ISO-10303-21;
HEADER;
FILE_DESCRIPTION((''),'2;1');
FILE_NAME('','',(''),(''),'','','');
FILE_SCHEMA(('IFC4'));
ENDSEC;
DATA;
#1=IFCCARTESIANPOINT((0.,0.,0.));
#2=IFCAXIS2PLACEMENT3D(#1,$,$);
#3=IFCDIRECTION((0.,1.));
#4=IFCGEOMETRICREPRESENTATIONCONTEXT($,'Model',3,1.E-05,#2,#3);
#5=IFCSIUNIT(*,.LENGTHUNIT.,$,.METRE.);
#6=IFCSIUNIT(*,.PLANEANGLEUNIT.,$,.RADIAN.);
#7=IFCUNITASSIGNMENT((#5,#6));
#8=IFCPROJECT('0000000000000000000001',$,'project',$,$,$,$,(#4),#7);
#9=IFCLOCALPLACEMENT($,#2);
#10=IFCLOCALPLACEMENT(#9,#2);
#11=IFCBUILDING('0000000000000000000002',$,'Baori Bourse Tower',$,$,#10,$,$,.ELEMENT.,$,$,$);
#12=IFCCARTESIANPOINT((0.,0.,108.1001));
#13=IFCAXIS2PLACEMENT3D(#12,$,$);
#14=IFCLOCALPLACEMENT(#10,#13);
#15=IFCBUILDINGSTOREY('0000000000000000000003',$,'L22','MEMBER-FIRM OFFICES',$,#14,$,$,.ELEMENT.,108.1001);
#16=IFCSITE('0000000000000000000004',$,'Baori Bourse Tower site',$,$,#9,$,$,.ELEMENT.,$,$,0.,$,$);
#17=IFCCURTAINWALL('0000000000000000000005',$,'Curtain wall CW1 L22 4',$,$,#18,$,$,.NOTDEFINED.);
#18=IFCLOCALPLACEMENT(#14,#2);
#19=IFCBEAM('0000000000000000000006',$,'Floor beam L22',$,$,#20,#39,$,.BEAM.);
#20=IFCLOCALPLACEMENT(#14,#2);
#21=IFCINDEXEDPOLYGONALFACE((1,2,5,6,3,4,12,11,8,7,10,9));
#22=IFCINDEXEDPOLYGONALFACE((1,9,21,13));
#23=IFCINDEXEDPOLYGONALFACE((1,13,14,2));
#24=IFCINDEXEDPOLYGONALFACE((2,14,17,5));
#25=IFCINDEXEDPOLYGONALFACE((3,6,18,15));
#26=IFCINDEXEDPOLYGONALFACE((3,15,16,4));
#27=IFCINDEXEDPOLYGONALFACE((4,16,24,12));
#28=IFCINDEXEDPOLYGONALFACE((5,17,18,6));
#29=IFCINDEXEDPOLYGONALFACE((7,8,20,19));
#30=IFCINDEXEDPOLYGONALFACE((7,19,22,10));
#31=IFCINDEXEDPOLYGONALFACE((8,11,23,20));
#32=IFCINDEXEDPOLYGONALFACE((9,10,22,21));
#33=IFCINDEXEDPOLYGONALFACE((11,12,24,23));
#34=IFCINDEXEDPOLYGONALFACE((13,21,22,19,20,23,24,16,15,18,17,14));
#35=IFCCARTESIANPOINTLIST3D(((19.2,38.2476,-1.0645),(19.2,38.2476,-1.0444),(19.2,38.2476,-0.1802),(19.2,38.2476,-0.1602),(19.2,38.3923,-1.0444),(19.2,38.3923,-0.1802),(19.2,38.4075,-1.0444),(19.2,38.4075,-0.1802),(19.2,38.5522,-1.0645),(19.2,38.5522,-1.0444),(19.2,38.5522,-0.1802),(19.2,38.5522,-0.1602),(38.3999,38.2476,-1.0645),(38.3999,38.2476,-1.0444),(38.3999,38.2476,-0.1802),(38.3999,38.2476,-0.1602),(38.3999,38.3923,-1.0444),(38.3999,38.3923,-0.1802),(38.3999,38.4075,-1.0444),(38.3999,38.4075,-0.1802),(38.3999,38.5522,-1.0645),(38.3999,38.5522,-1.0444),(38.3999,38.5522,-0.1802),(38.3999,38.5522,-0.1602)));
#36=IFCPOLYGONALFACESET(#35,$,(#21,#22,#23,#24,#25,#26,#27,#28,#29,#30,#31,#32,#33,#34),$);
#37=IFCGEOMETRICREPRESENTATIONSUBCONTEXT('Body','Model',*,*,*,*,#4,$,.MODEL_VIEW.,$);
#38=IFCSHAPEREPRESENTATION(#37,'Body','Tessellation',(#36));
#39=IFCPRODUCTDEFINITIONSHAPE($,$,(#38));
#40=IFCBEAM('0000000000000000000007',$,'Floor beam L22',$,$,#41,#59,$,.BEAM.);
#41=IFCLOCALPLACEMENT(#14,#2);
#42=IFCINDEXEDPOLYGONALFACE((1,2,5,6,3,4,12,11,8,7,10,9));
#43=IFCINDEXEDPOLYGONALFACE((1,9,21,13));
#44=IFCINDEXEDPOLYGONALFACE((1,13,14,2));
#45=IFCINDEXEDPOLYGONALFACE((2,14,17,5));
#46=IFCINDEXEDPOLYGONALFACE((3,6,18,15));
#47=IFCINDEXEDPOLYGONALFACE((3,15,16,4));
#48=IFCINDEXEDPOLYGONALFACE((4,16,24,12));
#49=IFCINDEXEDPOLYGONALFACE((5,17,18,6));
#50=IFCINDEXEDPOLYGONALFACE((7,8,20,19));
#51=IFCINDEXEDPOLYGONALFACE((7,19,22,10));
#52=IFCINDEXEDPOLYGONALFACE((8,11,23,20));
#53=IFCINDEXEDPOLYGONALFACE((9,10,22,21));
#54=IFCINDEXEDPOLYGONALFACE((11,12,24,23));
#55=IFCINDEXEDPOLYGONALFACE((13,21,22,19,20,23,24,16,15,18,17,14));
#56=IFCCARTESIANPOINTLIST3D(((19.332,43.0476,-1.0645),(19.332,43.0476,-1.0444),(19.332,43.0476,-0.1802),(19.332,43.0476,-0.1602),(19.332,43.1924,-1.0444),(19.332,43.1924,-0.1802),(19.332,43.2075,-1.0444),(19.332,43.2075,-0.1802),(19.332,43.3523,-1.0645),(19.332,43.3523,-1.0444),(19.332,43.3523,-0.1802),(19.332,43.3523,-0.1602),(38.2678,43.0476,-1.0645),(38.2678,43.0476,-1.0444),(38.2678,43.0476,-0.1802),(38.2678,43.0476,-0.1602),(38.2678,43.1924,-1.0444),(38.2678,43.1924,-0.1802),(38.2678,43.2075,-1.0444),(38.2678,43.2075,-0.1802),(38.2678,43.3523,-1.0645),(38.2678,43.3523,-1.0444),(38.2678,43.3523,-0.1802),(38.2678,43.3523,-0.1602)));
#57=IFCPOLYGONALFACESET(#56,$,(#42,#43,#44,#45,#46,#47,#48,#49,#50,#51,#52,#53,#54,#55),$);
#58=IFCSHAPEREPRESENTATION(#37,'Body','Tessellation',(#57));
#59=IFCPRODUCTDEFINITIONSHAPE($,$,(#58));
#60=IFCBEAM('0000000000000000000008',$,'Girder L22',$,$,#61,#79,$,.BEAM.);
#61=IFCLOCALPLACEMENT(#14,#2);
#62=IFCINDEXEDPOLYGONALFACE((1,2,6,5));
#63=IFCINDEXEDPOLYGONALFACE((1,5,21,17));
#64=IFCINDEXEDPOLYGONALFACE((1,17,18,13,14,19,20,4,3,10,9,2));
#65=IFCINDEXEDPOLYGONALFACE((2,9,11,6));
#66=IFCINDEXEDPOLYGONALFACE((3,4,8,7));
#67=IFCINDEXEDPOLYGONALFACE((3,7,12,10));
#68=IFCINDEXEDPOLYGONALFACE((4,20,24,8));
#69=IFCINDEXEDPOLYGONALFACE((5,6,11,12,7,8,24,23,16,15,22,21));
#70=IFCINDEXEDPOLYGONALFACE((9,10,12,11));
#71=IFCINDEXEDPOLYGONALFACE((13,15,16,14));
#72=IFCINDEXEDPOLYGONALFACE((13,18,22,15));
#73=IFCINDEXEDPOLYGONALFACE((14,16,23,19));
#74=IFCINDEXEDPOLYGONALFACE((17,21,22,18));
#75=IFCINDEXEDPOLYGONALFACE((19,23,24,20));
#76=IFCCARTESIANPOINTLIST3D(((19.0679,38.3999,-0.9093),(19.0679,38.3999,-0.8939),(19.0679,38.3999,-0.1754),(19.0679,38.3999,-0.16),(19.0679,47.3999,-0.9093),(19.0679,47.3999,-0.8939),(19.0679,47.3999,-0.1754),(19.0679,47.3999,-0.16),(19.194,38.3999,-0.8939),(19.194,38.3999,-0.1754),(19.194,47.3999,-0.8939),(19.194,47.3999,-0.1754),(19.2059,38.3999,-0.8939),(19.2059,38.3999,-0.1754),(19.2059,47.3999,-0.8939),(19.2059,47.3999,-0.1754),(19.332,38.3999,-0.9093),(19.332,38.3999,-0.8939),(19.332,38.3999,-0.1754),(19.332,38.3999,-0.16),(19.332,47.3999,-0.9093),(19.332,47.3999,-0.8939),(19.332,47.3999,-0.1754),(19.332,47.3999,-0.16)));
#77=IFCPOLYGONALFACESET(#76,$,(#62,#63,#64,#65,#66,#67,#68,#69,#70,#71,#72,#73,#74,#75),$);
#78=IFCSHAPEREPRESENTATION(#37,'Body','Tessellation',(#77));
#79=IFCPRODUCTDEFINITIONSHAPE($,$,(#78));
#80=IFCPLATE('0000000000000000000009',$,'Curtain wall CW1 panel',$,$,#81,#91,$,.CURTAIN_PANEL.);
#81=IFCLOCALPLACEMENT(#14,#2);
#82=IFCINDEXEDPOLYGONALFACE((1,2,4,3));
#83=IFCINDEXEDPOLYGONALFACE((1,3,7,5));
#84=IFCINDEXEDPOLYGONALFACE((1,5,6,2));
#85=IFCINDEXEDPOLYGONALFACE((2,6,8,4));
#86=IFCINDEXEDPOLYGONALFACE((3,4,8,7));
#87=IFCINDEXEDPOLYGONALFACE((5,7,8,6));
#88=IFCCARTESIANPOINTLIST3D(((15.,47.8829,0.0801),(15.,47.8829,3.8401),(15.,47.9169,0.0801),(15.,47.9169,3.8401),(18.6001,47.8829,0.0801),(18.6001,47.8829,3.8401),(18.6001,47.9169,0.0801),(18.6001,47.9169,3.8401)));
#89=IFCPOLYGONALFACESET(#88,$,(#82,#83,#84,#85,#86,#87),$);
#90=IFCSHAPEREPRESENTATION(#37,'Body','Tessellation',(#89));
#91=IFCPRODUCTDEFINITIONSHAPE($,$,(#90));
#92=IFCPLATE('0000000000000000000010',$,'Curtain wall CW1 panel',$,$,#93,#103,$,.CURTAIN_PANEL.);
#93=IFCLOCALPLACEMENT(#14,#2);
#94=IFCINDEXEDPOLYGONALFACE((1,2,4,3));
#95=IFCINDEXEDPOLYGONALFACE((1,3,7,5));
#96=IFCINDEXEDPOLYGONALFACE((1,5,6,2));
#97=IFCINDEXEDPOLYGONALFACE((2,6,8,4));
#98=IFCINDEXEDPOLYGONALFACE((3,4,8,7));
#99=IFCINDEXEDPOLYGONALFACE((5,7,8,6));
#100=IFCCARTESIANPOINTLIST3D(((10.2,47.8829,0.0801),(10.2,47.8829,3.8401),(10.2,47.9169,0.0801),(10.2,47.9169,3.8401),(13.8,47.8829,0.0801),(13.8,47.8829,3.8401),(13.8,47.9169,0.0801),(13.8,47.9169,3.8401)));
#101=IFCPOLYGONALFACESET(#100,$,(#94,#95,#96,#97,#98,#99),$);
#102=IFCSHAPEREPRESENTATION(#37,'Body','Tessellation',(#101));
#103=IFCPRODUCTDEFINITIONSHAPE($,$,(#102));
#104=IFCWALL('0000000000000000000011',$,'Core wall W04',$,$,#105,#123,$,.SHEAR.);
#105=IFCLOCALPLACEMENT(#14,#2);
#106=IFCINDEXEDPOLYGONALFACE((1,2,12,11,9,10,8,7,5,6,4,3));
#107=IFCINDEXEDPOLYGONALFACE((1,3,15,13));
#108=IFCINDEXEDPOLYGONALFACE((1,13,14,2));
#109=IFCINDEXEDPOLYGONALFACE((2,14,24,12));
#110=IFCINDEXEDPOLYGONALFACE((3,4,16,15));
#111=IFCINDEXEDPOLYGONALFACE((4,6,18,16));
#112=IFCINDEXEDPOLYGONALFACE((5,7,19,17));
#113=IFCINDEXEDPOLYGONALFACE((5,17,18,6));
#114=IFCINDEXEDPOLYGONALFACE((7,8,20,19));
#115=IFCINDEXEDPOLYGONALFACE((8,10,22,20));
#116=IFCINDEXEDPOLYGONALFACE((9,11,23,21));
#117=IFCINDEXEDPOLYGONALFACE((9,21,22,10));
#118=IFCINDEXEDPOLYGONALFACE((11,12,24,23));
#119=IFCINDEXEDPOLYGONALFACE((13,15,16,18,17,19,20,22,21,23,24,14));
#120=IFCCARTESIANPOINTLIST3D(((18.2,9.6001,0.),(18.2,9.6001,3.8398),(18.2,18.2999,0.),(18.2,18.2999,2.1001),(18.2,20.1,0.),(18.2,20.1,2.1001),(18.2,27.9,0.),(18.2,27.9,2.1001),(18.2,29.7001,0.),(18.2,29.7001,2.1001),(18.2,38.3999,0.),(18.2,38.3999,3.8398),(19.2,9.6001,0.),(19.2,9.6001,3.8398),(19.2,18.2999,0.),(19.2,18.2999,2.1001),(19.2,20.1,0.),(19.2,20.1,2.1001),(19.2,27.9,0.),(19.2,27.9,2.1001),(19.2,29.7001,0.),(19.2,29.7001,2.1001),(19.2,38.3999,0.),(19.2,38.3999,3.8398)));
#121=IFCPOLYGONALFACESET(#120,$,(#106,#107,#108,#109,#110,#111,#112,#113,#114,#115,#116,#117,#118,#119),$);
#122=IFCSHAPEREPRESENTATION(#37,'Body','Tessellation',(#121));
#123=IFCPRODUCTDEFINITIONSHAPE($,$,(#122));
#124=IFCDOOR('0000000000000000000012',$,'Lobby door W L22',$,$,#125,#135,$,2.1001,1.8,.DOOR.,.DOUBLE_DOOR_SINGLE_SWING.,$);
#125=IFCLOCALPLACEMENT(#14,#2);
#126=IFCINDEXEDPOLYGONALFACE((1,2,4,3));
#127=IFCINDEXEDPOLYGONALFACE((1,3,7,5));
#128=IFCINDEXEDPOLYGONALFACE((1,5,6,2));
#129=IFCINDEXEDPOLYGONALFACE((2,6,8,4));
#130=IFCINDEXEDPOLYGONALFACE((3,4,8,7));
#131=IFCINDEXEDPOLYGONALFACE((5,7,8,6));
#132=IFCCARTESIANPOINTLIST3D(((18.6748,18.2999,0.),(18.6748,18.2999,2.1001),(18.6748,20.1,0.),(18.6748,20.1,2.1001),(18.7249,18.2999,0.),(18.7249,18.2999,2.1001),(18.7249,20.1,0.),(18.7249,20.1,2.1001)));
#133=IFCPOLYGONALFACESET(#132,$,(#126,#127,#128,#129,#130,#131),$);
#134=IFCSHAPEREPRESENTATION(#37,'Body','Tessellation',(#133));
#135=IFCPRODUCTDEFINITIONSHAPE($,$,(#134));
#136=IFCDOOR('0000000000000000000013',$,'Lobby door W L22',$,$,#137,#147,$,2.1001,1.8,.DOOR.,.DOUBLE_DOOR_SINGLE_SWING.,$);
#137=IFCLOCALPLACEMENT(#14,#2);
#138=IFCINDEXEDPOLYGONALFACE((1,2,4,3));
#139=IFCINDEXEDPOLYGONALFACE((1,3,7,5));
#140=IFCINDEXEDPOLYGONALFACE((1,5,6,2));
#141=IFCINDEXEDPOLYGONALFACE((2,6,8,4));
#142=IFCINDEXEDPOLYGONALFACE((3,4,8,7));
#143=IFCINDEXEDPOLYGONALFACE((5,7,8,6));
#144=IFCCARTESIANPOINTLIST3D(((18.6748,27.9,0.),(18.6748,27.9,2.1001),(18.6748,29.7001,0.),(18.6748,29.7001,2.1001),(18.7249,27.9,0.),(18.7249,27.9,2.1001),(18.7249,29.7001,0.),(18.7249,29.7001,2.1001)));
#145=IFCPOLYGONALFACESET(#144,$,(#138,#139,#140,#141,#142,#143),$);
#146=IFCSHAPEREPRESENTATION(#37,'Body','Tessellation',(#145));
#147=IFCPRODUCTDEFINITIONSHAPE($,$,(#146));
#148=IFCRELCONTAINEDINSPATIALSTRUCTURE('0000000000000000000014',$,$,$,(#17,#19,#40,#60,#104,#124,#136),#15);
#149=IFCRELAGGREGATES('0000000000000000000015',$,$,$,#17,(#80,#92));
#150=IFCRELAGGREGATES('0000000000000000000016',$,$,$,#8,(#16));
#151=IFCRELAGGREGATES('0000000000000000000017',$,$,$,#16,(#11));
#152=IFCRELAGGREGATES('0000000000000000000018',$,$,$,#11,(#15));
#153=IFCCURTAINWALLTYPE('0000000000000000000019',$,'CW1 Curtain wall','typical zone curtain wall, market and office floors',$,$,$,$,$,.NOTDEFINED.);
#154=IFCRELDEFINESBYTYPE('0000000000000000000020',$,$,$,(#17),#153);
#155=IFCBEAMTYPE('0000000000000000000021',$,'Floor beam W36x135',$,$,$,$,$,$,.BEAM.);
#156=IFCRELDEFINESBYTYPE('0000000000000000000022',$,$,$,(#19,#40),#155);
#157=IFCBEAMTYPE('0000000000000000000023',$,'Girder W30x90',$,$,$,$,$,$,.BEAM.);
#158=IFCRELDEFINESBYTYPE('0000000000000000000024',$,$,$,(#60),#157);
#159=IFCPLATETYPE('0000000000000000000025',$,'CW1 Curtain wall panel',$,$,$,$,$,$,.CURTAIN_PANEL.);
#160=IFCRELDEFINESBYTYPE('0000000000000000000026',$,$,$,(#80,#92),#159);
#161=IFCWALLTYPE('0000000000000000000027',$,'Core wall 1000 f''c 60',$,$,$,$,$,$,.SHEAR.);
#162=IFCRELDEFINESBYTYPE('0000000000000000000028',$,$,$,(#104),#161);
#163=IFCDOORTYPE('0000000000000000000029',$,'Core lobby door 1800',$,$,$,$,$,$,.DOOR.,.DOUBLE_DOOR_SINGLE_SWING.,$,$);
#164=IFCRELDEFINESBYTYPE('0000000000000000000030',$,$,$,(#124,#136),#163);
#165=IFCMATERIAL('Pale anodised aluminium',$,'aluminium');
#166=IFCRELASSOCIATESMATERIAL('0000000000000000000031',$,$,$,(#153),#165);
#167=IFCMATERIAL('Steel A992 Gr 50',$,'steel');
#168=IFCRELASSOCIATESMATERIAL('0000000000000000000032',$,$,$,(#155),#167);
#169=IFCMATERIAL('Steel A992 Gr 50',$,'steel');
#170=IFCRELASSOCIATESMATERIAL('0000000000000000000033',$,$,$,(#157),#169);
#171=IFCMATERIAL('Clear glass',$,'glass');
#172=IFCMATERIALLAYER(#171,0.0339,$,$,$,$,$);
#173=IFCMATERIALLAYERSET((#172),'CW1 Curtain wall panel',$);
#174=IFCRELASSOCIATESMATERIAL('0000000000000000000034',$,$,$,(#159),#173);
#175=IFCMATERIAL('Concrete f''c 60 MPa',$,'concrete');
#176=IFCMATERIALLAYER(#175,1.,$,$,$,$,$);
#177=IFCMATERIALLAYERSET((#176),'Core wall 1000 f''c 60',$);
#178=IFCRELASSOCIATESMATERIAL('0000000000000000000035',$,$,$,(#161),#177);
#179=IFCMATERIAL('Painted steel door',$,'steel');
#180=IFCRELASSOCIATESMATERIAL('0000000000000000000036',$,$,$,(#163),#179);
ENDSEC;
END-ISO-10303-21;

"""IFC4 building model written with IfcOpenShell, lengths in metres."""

from ifc_helpers import new_model, si_unit, direction, frame, frame_2d, origin, origin_2d, place, context, subcontext, project, spatial, rectangle, i_section, extrude, material, layer, layer_set, material_profile, profile_set, type_object, element, fill, aggregate, save


model = new_model("IFC4")

# Units and contexts
model_context = context("Model", 3, precision=1e-05, world=origin(), true_north=direction((0.0, 1.0)))
body_context = subcontext(model_context, "Body", "Model", "MODEL_VIEW")
ifc_project = project(units=[si_unit("LENGTHUNIT", "METRE"), si_unit("PLANEANGLEUNIT", "RADIAN")], contexts=[model_context])

# Site, building, storey
site_placement = place(None, origin())
site = spatial("IfcSite", under=ifc_project, at=site_placement, Name="Baori Bourse Tower site", CompositionType="ELEMENT", RefElevation=0.0)
building_placement = place(site_placement, origin())
building = spatial("IfcBuilding", under=site, at=building_placement, Name="Baori Bourse Tower", CompositionType="ELEMENT")
storey_placement = place(building_placement, frame((0.0, 0.0, 108.1001)))
storey = spatial("IfcBuildingStorey", under=building, at=storey_placement, Name="L22", Description="MEMBER-FIRM OFFICES", CompositionType="ELEMENT", Elevation=108.1001)

# Curtain wall
ifc_material_1 = material(Name="Pale anodised aluminium", Category="aluminium")
curtain_wall_type_1 = type_object("IfcCurtainWallType", Name="CW1 Curtain wall", Description="typical zone curtain wall, market and office floors", PredefinedType="NOTDEFINED", material=ifc_material_1)
curtain_wall_1_placement = place(storey_placement, origin())
curtain_wall_1 = element("IfcCurtainWall", 1, at=curtain_wall_1_placement, inside=storey, type_object=curtain_wall_type_1, Name="Curtain wall CW1 L22 4", PredefinedType="NOTDEFINED")

# Beams
ifc_material_2 = material(Name="Steel A992 Gr 50", Category="steel")
ifc_material_profile_1 = material_profile(ifc_material_2, i_section(OverallWidth=0.3047, OverallDepth=0.9043, WebThickness=0.0151, FlangeThickness=0.02, at=origin_2d()), Name="W36x135")
ifc_profile_set_1 = profile_set([ifc_material_profile_1], Name="Steel A992 Gr 50")
beam_type_1 = type_object("IfcBeamType", Name="Floor beam W36x135", PredefinedType="BEAM", material=ifc_profile_set_1)
beam_1_placement = place(storey_placement, frame((19.2, 38.3999, -0.6123), z_axis=(1.0, 0.0, 0.0), x_axis=(0.0, 1.0, 0.0)))
element("IfcBeam", 2, at=beam_1_placement, inside=storey, type_object=beam_type_1, Name="Floor beam L22", PredefinedType="BEAM", context=body_context, shape_type="SweptSolid", body=[
    extrude(i_section(OverallWidth=0.3047, OverallDepth=0.9043, WebThickness=0.0151, FlangeThickness=0.02, at=origin_2d()), origin(), (0.0, 0.0, 1.0), 19.2),
])
beam_2_placement = place(storey_placement, frame((19.332, 43.2, -0.6123), z_axis=(1.0, 0.0, 0.0), x_axis=(0.0, 1.0, 0.0)))
element("IfcBeam", 3, at=beam_2_placement, inside=storey, type_object=beam_type_1, Name="Floor beam L22", PredefinedType="BEAM", context=body_context, shape_type="SweptSolid", body=[
    extrude(i_section(OverallWidth=0.3047, OverallDepth=0.9043, WebThickness=0.0151, FlangeThickness=0.02, at=origin_2d()), origin(), (0.0, 0.0, 1.0), 18.9358),
])
ifc_material_3 = material(Name="Steel A992 Gr 50", Category="steel")
ifc_material_profile_2 = material_profile(ifc_material_3, i_section(OverallWidth=0.2642, OverallDepth=0.7493, WebThickness=0.012, FlangeThickness=0.0154, at=origin_2d()), Name="W30x90")
ifc_profile_set_2 = profile_set([ifc_material_profile_2], Name="Steel A992 Gr 50")
beam_type_2 = type_object("IfcBeamType", Name="Girder W30x90", PredefinedType="BEAM", material=ifc_profile_set_2)
beam_3_placement = place(storey_placement, frame((19.2, 38.3999, -0.5347), z_axis=(0.0, 1.0, 0.0), x_axis=(-1.0, 0.0, 0.0)))
element("IfcBeam", 4, at=beam_3_placement, inside=storey, type_object=beam_type_2, Name="Girder L22", PredefinedType="BEAM", context=body_context, shape_type="SweptSolid", body=[
    extrude(i_section(OverallWidth=0.2642, OverallDepth=0.7493, WebThickness=0.012, FlangeThickness=0.0154, at=origin_2d()), origin(), (0.0, 0.0, 1.0), 9.0),
])

# Plates
ifc_material_4 = material(Name="Clear glass", Category="glass")
ifc_layer_1 = layer(ifc_material_4, 0.0339)
ifc_layer_set_1 = layer_set([ifc_layer_1], Name="CW1 Curtain wall panel")
plate_type = type_object("IfcPlateType", Name="CW1 Curtain wall panel", PredefinedType="CURTAIN_PANEL", material=ifc_layer_set_1)
plate_1_placement = place(storey_placement, frame((16.8, 47.8999, 0.0801), z_axis=(0.0, 0.0, 1.0), x_axis=(-1.0, 0.0, 0.0)))
plate_1 = element("IfcPlate", 5, at=plate_1_placement, type_object=plate_type, Name="Curtain wall CW1 panel", PredefinedType="CURTAIN_PANEL", context=body_context, shape_type="SweptSolid", body=[
    extrude(rectangle(XDim=3.6001, YDim=0.0339, at=origin_2d()), origin(), (0.0, 0.0, 1.0), 3.76),
])
plate_2_placement = place(storey_placement, frame((12.0, 47.8999, 0.0801), z_axis=(0.0, 0.0, 1.0), x_axis=(-1.0, 0.0, 0.0)))
plate_2 = element("IfcPlate", 6, at=plate_2_placement, type_object=plate_type, Name="Curtain wall CW1 panel", PredefinedType="CURTAIN_PANEL", context=body_context, shape_type="SweptSolid", body=[
    extrude(rectangle(XDim=3.6001, YDim=0.0339, at=origin_2d()), origin(), (0.0, 0.0, 1.0), 3.76),
])
aggregate(curtain_wall_1, [plate_1, plate_2])

# Wall, openings, doors
ifc_material_5 = material(Name="Concrete f'c 60 MPa", Category="concrete")
ifc_layer_2 = layer(ifc_material_5, 1.0)
ifc_layer_set_2 = layer_set([ifc_layer_2], Name="Core wall 1000 f'c 60")
wall_type_1 = type_object("IfcWallType", Name="Core wall 1000 f'c 60", PredefinedType="SHEAR", material=ifc_layer_set_2)
wall_1_placement = place(storey_placement, frame((18.7, 38.3999, 0.0), z_axis=(0.0, 0.0, 1.0), x_axis=(0.0, -1.0, 0.0)))
wall_1 = element("IfcWall", 7, at=wall_1_placement, inside=storey, type_object=wall_type_1, Name="Core wall W04", PredefinedType="SHEAR", context=body_context, shape_type="SweptSolid", body=[
    extrude(rectangle(XDim=28.7998, YDim=1.0, at=frame_2d((14.3999, 0.0))), origin(), (0.0, 0.0, 1.0), 3.8398),
])
opening_1_placement = place(wall_1_placement, frame((18.3, 0.0, 0.0)))
opening_1 = element("IfcOpeningElement", 8, at=opening_1_placement, cuts=wall_1, PredefinedType="OPENING", context=body_context, shape_type="SweptSolid", body=[
    extrude(rectangle(XDim=1.8, YDim=2.1001, at=frame_2d((0.8999, 1.05))), frame((0.0, 0.51, 0.0), z_axis=(0.0, -1.0, 0.0), x_axis=(1.0, 0.0, 0.0)), (0.0, 0.0, 1.0), 1.02),
])
opening_2_placement = place(wall_1_placement, frame((8.7, 0.0, 0.0)))
opening_2 = element("IfcOpeningElement", 9, at=opening_2_placement, cuts=wall_1, PredefinedType="OPENING", context=body_context, shape_type="SweptSolid", body=[
    extrude(rectangle(XDim=1.8, YDim=2.1001, at=frame_2d((0.8999, 1.05))), frame((0.0, 0.51, 0.0), z_axis=(0.0, -1.0, 0.0), x_axis=(1.0, 0.0, 0.0)), (0.0, 0.0, 1.0), 1.02),
])
ifc_material_6 = material(Name="Painted steel door", Category="steel")
door_type_1 = type_object("IfcDoorType", Name="Core lobby door 1800", OperationType="DOUBLE_DOOR_SINGLE_SWING", PredefinedType="DOOR", material=ifc_material_6)
door_1_placement = place(opening_1_placement, origin())
door_1 = element("IfcDoor", 10, at=door_1_placement, inside=storey, type_object=door_type_1, Name="Lobby door W L22", OperationType="DOUBLE_DOOR_SINGLE_SWING", OverallHeight=2.1001, OverallWidth=1.8, PredefinedType="DOOR", context=body_context, shape_type="SweptSolid", body=[
    extrude(rectangle(XDim=1.8, YDim=2.1001, at=frame_2d((0.8999, 1.05))), frame((0.0, 0.0249, 0.0), z_axis=(0.0, -1.0, 0.0), x_axis=(1.0, 0.0, 0.0)), (0.0, 0.0, 1.0), 0.05),
])
fill(opening_1, door_1)
door_2_placement = place(opening_2_placement, origin())
door_2 = element("IfcDoor", 11, at=door_2_placement, inside=storey, type_object=door_type_1, Name="Lobby door W L22", OperationType="DOUBLE_DOOR_SINGLE_SWING", OverallHeight=2.1001, OverallWidth=1.8, PredefinedType="DOOR", context=body_context, shape_type="SweptSolid", body=[
    extrude(rectangle(XDim=1.8, YDim=2.1001, at=frame_2d((0.8999, 1.05))), frame((0.0, 0.0249, 0.0), z_axis=(0.0, -1.0, 0.0), x_axis=(1.0, 0.0, 0.0)), (0.0, 0.0, 1.0), 0.05),
])
fill(opening_2, door_2)

save(model, "model.ifc")
